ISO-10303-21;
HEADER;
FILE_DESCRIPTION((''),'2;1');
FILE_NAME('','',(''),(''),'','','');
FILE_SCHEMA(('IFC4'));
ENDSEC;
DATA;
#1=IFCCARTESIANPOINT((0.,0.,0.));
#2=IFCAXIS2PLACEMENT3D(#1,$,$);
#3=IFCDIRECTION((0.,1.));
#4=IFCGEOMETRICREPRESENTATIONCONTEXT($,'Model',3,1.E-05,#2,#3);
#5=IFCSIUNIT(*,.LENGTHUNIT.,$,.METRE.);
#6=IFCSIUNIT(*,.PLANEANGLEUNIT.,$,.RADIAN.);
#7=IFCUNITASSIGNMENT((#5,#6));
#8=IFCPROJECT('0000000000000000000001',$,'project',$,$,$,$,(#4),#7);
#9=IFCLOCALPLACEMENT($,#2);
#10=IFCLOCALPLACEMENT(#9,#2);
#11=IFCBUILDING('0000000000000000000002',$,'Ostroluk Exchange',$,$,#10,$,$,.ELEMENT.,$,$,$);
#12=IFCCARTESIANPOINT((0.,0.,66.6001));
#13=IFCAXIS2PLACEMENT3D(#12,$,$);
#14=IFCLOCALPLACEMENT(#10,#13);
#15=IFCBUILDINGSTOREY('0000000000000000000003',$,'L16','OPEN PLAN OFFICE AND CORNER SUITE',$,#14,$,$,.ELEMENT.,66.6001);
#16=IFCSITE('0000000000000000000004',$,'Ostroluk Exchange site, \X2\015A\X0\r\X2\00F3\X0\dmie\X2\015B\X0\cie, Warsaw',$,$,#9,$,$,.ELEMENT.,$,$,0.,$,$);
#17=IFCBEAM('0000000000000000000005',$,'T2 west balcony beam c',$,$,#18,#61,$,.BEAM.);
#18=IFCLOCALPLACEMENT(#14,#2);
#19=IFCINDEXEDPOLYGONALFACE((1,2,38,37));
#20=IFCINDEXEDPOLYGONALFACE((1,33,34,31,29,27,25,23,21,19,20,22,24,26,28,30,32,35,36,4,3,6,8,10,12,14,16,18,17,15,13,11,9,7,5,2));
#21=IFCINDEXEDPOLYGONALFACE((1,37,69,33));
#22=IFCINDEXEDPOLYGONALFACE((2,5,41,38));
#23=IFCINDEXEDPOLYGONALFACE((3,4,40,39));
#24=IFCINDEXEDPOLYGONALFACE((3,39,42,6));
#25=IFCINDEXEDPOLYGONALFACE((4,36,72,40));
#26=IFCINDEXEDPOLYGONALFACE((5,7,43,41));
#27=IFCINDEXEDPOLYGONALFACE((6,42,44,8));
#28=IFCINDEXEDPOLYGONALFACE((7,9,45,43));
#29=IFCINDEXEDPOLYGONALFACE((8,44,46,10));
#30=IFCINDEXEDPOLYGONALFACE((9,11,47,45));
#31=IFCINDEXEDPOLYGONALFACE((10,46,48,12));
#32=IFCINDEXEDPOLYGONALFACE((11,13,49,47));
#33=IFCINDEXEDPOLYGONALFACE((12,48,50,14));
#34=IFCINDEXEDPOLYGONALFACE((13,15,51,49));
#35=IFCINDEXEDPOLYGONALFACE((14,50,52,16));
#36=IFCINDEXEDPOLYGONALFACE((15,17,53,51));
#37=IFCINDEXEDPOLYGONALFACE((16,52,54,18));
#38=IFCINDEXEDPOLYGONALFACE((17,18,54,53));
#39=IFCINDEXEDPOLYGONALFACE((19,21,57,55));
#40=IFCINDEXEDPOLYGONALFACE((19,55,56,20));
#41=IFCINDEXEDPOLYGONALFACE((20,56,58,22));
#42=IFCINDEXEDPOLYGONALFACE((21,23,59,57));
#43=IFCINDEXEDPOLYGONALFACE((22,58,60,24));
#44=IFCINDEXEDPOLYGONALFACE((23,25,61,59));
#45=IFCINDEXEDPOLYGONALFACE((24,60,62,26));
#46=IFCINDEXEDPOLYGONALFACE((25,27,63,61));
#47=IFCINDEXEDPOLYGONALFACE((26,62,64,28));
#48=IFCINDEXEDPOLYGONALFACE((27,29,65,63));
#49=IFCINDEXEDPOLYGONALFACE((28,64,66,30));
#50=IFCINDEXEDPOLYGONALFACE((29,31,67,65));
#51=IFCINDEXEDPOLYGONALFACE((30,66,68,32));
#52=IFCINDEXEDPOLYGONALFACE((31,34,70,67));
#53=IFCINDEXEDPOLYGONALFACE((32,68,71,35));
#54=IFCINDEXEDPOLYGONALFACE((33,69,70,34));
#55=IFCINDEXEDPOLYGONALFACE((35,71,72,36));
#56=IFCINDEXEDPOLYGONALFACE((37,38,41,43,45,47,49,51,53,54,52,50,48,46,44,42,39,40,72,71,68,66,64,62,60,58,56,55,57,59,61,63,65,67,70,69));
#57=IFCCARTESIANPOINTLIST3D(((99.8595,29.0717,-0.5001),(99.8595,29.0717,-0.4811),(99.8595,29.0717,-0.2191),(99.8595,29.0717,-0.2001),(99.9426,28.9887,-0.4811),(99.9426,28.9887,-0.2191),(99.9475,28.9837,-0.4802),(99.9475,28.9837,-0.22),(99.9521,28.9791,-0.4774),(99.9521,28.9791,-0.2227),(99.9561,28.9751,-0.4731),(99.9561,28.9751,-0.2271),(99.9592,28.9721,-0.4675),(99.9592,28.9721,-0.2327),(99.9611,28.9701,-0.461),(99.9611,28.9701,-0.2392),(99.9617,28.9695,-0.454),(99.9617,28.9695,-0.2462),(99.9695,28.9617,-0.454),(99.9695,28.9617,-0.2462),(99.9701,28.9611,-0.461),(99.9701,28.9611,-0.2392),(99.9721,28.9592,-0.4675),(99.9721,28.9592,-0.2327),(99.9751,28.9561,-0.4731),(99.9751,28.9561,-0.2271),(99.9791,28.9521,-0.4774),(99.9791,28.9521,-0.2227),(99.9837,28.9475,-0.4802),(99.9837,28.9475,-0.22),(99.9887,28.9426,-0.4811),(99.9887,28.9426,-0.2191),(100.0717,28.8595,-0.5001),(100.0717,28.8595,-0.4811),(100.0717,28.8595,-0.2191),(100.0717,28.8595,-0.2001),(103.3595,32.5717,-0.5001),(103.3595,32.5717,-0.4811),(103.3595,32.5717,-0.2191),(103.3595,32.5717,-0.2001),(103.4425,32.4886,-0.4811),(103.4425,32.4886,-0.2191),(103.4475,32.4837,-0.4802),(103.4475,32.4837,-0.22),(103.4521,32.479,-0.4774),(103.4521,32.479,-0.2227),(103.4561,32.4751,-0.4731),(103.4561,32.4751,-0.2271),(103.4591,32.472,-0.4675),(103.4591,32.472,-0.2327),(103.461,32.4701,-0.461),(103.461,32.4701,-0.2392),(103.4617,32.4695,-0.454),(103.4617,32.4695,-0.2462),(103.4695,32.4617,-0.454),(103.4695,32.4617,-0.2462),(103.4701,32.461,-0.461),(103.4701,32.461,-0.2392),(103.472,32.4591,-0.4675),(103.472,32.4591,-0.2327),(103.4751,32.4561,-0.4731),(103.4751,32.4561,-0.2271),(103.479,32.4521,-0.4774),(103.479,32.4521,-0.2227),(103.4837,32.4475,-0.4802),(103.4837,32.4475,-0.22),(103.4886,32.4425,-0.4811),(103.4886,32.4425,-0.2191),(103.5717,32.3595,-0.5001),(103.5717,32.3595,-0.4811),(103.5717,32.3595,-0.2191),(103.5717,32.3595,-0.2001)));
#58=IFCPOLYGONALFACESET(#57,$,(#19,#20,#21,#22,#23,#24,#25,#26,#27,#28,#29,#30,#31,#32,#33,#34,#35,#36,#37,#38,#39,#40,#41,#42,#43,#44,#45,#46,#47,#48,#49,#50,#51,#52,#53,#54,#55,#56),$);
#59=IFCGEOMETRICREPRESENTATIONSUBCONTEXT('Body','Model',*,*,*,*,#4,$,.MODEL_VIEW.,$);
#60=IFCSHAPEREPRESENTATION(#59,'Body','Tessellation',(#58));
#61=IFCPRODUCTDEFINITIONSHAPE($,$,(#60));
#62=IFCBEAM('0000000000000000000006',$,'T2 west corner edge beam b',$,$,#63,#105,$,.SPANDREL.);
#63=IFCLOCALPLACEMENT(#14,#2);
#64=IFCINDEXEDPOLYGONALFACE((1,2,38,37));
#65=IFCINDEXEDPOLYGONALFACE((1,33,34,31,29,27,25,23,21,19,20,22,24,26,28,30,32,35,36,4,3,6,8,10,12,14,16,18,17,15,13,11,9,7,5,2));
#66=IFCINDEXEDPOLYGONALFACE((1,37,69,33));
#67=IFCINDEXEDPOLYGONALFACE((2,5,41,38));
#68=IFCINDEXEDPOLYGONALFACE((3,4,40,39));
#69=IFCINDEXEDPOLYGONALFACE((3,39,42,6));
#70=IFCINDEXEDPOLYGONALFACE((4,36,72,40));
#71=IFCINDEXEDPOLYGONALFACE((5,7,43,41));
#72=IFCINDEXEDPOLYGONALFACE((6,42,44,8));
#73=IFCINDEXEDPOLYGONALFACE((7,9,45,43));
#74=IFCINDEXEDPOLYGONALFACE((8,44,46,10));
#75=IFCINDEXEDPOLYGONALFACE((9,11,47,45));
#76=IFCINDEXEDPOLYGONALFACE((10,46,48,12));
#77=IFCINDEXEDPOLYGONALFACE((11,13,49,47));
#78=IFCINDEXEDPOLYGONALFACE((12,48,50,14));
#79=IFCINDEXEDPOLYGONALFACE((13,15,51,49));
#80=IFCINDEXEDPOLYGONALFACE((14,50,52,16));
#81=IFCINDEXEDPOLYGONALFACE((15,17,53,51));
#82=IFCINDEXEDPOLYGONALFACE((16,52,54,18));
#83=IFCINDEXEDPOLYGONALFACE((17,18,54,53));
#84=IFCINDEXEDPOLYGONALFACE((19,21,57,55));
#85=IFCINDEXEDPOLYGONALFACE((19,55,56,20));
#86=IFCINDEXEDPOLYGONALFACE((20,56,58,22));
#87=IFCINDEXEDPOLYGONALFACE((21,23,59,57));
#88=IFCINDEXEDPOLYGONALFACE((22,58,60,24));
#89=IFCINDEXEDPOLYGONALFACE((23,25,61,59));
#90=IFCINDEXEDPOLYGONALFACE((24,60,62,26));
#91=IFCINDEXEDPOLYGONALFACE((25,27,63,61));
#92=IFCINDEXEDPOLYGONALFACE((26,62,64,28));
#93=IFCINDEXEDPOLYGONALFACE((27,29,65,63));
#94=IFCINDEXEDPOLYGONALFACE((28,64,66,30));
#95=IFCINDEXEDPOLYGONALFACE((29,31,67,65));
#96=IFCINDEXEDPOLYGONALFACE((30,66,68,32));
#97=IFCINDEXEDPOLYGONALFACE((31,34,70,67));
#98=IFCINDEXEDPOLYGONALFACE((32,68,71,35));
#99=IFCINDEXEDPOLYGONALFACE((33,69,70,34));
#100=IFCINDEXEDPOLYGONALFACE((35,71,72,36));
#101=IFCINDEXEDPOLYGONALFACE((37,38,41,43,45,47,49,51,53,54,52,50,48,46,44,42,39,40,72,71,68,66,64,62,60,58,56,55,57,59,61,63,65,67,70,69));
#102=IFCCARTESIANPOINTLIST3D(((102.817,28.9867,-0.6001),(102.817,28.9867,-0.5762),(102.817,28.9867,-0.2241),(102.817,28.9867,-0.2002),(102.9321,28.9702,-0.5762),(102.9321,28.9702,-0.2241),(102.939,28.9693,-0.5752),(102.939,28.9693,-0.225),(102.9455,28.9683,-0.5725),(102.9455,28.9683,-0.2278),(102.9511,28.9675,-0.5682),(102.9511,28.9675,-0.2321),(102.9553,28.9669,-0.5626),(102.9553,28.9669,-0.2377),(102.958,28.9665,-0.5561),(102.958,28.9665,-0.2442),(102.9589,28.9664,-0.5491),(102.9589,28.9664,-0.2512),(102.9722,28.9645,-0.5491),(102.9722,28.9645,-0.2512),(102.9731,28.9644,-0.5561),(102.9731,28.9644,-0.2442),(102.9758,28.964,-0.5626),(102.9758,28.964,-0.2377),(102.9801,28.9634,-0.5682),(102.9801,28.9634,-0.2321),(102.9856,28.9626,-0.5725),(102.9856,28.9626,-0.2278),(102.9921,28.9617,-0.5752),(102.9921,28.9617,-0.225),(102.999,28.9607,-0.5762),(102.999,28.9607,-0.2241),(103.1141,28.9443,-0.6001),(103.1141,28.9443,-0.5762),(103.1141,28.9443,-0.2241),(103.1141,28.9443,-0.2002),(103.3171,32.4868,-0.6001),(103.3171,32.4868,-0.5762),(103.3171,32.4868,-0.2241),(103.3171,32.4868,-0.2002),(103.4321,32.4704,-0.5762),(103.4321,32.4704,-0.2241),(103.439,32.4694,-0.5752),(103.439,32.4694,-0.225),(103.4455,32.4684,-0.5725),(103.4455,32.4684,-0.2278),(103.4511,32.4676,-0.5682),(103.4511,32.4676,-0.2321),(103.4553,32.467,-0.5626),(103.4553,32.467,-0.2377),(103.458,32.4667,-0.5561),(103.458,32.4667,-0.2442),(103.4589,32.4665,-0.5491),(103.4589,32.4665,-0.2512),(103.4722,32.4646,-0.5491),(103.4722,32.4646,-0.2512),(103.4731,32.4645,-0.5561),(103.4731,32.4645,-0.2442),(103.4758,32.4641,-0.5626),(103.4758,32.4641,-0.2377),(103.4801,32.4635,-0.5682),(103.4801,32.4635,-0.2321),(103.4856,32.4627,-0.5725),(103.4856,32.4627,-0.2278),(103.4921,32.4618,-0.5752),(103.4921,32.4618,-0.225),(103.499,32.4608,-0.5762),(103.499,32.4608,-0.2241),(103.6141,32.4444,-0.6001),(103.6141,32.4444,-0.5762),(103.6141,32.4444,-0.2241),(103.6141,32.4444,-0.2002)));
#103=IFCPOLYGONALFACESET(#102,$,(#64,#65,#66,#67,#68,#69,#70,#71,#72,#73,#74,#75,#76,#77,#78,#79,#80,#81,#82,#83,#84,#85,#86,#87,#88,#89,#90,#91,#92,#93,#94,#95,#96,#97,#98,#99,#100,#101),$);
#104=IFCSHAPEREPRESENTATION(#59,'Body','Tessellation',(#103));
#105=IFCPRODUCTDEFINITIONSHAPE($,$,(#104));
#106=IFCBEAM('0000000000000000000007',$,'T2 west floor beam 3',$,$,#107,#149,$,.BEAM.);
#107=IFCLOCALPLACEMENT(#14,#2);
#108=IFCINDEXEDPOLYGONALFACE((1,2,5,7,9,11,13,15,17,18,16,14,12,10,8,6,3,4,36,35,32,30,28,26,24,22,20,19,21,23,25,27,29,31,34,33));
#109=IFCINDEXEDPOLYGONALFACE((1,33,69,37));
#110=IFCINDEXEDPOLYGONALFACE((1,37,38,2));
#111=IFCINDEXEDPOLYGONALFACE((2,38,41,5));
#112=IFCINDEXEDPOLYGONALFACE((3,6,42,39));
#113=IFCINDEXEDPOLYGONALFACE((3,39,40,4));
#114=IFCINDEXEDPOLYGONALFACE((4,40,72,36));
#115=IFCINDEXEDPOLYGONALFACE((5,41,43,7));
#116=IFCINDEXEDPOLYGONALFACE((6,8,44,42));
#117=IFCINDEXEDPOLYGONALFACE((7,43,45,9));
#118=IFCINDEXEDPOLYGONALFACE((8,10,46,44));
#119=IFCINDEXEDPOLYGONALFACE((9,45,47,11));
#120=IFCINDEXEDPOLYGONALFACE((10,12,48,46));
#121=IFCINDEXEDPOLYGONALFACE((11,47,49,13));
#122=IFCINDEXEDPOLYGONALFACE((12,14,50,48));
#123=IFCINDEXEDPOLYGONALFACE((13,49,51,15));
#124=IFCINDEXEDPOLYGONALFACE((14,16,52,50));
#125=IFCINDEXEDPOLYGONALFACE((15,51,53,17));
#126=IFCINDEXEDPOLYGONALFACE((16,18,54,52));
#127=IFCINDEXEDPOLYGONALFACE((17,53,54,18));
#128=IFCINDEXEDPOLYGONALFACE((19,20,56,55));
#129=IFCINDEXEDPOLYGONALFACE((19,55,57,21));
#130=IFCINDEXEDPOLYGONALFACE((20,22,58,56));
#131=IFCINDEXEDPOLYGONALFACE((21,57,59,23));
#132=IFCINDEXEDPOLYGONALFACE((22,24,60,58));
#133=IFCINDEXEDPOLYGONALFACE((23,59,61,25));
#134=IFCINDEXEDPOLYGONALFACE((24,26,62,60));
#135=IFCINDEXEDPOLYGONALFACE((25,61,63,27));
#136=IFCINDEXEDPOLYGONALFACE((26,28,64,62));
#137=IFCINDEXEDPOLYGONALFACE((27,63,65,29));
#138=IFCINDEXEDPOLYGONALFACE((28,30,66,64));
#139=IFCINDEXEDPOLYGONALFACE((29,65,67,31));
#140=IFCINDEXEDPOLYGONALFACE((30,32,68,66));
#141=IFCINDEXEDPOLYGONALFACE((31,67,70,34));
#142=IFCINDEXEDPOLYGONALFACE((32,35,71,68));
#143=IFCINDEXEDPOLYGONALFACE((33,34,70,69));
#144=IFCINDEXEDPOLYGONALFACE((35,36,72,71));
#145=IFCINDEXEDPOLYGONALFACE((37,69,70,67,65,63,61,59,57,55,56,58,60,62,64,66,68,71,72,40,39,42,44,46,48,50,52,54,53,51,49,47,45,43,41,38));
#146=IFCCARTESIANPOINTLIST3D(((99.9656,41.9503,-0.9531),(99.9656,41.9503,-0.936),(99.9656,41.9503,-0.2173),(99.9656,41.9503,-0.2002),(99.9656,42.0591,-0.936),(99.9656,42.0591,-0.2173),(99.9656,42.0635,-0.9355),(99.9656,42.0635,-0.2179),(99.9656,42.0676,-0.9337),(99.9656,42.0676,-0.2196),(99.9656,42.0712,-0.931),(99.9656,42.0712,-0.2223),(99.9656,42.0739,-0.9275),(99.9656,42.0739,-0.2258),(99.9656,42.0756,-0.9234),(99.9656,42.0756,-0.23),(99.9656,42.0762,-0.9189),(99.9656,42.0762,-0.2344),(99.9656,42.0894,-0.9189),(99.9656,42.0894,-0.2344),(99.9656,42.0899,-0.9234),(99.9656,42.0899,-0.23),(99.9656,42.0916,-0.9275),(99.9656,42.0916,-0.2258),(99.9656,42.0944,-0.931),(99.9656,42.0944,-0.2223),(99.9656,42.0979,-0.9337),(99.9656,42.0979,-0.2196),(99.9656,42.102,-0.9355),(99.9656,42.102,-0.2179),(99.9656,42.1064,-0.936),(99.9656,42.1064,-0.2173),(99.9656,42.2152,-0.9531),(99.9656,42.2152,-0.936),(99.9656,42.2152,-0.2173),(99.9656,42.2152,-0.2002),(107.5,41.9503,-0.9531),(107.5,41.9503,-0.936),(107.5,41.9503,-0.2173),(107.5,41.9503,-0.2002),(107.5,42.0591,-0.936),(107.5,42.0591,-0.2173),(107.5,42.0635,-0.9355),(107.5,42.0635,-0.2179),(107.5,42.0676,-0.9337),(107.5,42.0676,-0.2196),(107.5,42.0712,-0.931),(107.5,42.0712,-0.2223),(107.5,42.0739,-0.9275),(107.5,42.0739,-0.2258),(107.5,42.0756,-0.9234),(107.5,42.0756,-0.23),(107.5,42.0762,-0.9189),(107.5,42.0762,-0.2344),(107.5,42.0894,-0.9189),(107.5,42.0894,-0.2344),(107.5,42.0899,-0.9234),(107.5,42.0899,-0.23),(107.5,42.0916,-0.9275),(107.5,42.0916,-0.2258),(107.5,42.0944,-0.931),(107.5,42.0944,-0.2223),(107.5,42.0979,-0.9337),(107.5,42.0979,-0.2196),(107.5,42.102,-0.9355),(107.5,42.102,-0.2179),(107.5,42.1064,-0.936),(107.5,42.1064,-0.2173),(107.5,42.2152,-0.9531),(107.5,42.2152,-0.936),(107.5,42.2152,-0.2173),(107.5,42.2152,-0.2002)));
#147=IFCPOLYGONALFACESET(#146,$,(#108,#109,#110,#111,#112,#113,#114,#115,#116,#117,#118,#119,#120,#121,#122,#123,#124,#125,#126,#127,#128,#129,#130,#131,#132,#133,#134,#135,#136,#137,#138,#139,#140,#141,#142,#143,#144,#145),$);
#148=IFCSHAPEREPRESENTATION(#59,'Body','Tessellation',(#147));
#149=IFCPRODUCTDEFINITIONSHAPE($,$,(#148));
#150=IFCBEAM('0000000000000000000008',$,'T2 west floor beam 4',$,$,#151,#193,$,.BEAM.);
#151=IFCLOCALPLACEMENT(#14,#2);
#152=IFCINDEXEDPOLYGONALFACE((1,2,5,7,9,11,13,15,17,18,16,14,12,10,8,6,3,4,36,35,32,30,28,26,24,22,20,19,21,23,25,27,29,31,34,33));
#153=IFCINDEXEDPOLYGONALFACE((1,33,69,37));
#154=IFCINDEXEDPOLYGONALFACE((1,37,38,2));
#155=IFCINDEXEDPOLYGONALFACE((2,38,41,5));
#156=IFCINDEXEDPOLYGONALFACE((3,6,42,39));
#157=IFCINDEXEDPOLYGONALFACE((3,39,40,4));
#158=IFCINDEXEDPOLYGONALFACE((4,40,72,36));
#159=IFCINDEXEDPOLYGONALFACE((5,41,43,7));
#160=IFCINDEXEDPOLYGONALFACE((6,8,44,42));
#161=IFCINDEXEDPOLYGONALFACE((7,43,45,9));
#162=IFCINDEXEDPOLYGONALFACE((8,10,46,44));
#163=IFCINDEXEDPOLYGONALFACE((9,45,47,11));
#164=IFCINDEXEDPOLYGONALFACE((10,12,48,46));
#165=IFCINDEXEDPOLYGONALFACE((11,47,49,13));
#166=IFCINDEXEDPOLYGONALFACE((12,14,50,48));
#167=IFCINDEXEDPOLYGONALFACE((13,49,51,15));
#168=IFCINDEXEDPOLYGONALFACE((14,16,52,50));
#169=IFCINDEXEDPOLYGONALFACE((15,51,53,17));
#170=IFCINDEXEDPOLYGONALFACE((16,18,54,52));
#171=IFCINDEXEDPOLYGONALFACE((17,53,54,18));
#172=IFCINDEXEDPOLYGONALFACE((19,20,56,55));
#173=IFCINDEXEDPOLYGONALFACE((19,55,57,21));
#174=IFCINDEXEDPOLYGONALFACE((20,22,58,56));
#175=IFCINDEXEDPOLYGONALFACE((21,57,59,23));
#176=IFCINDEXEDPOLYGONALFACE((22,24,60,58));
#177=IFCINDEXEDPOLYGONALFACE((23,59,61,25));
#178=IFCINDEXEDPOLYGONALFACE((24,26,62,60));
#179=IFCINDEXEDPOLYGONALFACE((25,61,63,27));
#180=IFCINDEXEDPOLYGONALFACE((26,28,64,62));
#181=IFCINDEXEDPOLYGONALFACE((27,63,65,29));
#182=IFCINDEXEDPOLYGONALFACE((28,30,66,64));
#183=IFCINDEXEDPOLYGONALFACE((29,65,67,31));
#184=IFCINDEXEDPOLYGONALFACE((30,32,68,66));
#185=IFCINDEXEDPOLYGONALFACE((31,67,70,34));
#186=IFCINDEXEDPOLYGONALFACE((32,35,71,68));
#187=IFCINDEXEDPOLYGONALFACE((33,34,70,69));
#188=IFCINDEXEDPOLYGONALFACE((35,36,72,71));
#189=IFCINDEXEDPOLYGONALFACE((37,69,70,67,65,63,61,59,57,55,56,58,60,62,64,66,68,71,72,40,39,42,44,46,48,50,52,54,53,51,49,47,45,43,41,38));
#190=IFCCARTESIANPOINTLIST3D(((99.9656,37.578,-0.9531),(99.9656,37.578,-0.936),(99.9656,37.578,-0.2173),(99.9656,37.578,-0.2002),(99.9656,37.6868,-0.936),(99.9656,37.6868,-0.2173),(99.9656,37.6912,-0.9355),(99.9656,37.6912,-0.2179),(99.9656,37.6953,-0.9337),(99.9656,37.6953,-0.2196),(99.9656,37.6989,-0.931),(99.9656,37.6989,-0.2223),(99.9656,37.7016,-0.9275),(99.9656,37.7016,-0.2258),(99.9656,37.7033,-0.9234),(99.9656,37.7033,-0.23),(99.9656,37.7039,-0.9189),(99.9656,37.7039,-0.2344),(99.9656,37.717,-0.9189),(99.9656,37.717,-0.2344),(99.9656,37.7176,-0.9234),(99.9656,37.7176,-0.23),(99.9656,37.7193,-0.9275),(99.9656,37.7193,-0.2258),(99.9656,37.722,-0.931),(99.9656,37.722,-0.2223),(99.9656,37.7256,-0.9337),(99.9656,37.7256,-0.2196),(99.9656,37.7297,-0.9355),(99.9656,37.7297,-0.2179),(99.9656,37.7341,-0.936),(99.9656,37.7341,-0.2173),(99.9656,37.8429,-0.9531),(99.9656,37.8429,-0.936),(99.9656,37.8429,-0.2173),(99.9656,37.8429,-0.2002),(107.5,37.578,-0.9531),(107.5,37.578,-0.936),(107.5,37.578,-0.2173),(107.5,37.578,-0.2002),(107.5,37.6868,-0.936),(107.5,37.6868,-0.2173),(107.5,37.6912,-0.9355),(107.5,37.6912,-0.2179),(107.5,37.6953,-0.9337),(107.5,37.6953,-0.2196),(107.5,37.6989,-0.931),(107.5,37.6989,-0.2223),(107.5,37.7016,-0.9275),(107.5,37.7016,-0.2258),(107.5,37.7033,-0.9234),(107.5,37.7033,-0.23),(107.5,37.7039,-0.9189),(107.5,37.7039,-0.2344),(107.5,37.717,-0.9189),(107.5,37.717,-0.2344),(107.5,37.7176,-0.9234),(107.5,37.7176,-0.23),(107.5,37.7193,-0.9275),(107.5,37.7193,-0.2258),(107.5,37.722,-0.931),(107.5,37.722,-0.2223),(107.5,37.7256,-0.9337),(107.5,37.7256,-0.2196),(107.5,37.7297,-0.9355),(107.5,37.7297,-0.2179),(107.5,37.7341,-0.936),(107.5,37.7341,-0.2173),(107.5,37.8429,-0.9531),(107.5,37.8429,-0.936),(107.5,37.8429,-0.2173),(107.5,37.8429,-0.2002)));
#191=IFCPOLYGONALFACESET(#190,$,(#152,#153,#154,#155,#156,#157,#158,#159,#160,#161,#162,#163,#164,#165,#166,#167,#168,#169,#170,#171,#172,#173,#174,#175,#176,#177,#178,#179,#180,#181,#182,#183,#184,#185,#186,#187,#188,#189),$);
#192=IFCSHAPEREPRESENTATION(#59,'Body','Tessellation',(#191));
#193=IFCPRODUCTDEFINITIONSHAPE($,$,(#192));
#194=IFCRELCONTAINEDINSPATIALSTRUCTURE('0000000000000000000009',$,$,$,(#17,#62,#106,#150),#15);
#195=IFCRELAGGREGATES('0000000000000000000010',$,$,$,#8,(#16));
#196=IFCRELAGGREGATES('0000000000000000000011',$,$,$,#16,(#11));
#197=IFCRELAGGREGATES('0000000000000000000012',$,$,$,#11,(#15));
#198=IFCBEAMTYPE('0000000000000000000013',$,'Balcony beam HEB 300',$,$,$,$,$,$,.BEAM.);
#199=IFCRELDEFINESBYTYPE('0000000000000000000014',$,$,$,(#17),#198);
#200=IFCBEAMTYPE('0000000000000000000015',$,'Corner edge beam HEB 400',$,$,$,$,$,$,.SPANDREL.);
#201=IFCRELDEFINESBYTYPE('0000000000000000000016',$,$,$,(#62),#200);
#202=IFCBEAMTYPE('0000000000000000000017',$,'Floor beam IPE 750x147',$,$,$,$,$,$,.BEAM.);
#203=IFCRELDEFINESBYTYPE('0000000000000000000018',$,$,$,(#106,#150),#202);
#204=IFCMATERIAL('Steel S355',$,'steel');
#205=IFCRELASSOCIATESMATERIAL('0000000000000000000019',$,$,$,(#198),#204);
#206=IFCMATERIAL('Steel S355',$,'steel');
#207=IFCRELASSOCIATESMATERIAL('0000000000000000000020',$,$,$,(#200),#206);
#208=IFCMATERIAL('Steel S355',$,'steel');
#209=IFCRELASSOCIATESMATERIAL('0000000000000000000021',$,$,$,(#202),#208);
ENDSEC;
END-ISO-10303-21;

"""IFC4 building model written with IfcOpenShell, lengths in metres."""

from ifc_helpers import new_model, si_unit, direction, frame, origin, origin_2d, place, context, subcontext, project, spatial, i_section, extrude, material, material_profile, profile_set, type_object, element, save


model = new_model("IFC4")

# Units and contexts
model_context = context("Model", 3, precision=1e-05, world=origin(), true_north=direction((0.0, 1.0)))
body_context = subcontext(model_context, "Body", "Model", "MODEL_VIEW")
ifc_project = project(units=[si_unit("LENGTHUNIT", "METRE"), si_unit("PLANEANGLEUNIT", "RADIAN")], contexts=[model_context])

# Site, building, storey
site_placement = place(None, origin())
site = spatial("IfcSite", under=ifc_project, at=site_placement, Name="Ostroluk Exchange site, Śródmieście, Warsaw", CompositionType="ELEMENT", RefElevation=0.0)
building_placement = place(site_placement, origin())
building = spatial("IfcBuilding", under=site, at=building_placement, Name="Ostroluk Exchange", CompositionType="ELEMENT")
storey_placement = place(building_placement, frame((0.0, 0.0, 66.6001)))
storey = spatial("IfcBuildingStorey", under=building, at=storey_placement, Name="L16", Description="OPEN PLAN OFFICE AND CORNER SUITE", CompositionType="ELEMENT", Elevation=66.6001)

# Beams
ifc_material_1 = material(Name="Steel S355", Category="steel")
ifc_material_profile_1 = material_profile(ifc_material_1, i_section(OverallWidth=0.3, OverallDepth=0.3, WebThickness=0.011, FlangeThickness=0.019, FilletRadius=0.0271, at=origin_2d()), Name="HEB 300")
ifc_profile_set_1 = profile_set([ifc_material_profile_1], Name="Steel S355")
beam_type_1 = type_object("IfcBeamType", Name="Balcony beam HEB 300", PredefinedType="BEAM", material=ifc_profile_set_1)
beam_1_placement = place(storey_placement, frame((103.4656, 32.4656, -0.3501), z_axis=(-0.707107, -0.707107, 0.0), x_axis=(0.707107, -0.707107, 0.0)))
element("IfcBeam", 1, at=beam_1_placement, inside=storey, type_object=beam_type_1, Name="T2 west balcony beam c", PredefinedType="BEAM", context=body_context, shape_type="SweptSolid", body=[
    extrude(i_section(OverallWidth=0.3, OverallDepth=0.3, WebThickness=0.011, FlangeThickness=0.019, FilletRadius=0.0271, at=origin_2d()), origin(), (0.0, 0.0, 1.0), 4.9497),
])
ifc_material_2 = material(Name="Steel S355", Category="steel")
ifc_material_profile_2 = material_profile(ifc_material_2, i_section(OverallWidth=0.3, OverallDepth=0.3999, WebThickness=0.0134, FlangeThickness=0.0239, FilletRadius=0.0271, at=origin_2d()), Name="HEB 400")
ifc_profile_set_2 = profile_set([ifc_material_profile_2], Name="Steel S355")
beam_type_2 = type_object("IfcBeamType", Name="Corner edge beam HEB 400", PredefinedType="SPANDREL", material=ifc_profile_set_2)
beam_2_placement = place(storey_placement, frame((103.4656, 32.4656, -0.4001), z_axis=(-0.141421, -0.989949, 0.0), x_axis=(0.989949, -0.141421, 0.0)))
element("IfcBeam", 2, at=beam_2_placement, inside=storey, type_object=beam_type_2, Name="T2 west corner edge beam b", PredefinedType="SPANDREL", context=body_context, shape_type="SweptSolid", body=[
    extrude(i_section(OverallWidth=0.3, OverallDepth=0.3999, WebThickness=0.0134, FlangeThickness=0.0239, FilletRadius=0.0271, at=origin_2d()), origin(), (0.0, 0.0, 1.0), 3.5356),
])
ifc_material_3 = material(Name="Steel S355", Category="steel")
ifc_material_profile_3 = material_profile(ifc_material_3, i_section(OverallWidth=0.2649, OverallDepth=0.7529, WebThickness=0.0132, FlangeThickness=0.0171, FilletRadius=0.0171, at=origin_2d()), Name="IPE 750x147")
ifc_profile_set_3 = profile_set([ifc_material_profile_3], Name="Steel S355")
beam_type_3 = type_object("IfcBeamType", Name="Floor beam IPE 750x147", PredefinedType="BEAM", material=ifc_profile_set_3)
for number, where, z_axis, x_axis, name in (
    (3, (107.5, 42.0828, -0.5767), (-1.0, 0.0, 0.0), (0.0, -1.0, 0.0), "T2 west floor beam 3"),
    (4, (107.5, 37.7104, -0.5767), (-1.0, 0.0, 0.0), (0.0, -1.0, 0.0), "T2 west floor beam 4"),
):
    element("IfcBeam", number, at=place(storey_placement, frame(where, z_axis=z_axis, x_axis=x_axis)), inside=storey, type_object=beam_type_3, Name=name, PredefinedType="BEAM", context=body_context, shape_type="SweptSolid", body=[
        extrude(i_section(OverallWidth=0.2649, OverallDepth=0.7529, WebThickness=0.0132, FlangeThickness=0.0171, FilletRadius=0.0171, at=origin_2d()), origin(), (0.0, 0.0, 1.0), 7.5344),
    ])

save(model, "model.ifc")
